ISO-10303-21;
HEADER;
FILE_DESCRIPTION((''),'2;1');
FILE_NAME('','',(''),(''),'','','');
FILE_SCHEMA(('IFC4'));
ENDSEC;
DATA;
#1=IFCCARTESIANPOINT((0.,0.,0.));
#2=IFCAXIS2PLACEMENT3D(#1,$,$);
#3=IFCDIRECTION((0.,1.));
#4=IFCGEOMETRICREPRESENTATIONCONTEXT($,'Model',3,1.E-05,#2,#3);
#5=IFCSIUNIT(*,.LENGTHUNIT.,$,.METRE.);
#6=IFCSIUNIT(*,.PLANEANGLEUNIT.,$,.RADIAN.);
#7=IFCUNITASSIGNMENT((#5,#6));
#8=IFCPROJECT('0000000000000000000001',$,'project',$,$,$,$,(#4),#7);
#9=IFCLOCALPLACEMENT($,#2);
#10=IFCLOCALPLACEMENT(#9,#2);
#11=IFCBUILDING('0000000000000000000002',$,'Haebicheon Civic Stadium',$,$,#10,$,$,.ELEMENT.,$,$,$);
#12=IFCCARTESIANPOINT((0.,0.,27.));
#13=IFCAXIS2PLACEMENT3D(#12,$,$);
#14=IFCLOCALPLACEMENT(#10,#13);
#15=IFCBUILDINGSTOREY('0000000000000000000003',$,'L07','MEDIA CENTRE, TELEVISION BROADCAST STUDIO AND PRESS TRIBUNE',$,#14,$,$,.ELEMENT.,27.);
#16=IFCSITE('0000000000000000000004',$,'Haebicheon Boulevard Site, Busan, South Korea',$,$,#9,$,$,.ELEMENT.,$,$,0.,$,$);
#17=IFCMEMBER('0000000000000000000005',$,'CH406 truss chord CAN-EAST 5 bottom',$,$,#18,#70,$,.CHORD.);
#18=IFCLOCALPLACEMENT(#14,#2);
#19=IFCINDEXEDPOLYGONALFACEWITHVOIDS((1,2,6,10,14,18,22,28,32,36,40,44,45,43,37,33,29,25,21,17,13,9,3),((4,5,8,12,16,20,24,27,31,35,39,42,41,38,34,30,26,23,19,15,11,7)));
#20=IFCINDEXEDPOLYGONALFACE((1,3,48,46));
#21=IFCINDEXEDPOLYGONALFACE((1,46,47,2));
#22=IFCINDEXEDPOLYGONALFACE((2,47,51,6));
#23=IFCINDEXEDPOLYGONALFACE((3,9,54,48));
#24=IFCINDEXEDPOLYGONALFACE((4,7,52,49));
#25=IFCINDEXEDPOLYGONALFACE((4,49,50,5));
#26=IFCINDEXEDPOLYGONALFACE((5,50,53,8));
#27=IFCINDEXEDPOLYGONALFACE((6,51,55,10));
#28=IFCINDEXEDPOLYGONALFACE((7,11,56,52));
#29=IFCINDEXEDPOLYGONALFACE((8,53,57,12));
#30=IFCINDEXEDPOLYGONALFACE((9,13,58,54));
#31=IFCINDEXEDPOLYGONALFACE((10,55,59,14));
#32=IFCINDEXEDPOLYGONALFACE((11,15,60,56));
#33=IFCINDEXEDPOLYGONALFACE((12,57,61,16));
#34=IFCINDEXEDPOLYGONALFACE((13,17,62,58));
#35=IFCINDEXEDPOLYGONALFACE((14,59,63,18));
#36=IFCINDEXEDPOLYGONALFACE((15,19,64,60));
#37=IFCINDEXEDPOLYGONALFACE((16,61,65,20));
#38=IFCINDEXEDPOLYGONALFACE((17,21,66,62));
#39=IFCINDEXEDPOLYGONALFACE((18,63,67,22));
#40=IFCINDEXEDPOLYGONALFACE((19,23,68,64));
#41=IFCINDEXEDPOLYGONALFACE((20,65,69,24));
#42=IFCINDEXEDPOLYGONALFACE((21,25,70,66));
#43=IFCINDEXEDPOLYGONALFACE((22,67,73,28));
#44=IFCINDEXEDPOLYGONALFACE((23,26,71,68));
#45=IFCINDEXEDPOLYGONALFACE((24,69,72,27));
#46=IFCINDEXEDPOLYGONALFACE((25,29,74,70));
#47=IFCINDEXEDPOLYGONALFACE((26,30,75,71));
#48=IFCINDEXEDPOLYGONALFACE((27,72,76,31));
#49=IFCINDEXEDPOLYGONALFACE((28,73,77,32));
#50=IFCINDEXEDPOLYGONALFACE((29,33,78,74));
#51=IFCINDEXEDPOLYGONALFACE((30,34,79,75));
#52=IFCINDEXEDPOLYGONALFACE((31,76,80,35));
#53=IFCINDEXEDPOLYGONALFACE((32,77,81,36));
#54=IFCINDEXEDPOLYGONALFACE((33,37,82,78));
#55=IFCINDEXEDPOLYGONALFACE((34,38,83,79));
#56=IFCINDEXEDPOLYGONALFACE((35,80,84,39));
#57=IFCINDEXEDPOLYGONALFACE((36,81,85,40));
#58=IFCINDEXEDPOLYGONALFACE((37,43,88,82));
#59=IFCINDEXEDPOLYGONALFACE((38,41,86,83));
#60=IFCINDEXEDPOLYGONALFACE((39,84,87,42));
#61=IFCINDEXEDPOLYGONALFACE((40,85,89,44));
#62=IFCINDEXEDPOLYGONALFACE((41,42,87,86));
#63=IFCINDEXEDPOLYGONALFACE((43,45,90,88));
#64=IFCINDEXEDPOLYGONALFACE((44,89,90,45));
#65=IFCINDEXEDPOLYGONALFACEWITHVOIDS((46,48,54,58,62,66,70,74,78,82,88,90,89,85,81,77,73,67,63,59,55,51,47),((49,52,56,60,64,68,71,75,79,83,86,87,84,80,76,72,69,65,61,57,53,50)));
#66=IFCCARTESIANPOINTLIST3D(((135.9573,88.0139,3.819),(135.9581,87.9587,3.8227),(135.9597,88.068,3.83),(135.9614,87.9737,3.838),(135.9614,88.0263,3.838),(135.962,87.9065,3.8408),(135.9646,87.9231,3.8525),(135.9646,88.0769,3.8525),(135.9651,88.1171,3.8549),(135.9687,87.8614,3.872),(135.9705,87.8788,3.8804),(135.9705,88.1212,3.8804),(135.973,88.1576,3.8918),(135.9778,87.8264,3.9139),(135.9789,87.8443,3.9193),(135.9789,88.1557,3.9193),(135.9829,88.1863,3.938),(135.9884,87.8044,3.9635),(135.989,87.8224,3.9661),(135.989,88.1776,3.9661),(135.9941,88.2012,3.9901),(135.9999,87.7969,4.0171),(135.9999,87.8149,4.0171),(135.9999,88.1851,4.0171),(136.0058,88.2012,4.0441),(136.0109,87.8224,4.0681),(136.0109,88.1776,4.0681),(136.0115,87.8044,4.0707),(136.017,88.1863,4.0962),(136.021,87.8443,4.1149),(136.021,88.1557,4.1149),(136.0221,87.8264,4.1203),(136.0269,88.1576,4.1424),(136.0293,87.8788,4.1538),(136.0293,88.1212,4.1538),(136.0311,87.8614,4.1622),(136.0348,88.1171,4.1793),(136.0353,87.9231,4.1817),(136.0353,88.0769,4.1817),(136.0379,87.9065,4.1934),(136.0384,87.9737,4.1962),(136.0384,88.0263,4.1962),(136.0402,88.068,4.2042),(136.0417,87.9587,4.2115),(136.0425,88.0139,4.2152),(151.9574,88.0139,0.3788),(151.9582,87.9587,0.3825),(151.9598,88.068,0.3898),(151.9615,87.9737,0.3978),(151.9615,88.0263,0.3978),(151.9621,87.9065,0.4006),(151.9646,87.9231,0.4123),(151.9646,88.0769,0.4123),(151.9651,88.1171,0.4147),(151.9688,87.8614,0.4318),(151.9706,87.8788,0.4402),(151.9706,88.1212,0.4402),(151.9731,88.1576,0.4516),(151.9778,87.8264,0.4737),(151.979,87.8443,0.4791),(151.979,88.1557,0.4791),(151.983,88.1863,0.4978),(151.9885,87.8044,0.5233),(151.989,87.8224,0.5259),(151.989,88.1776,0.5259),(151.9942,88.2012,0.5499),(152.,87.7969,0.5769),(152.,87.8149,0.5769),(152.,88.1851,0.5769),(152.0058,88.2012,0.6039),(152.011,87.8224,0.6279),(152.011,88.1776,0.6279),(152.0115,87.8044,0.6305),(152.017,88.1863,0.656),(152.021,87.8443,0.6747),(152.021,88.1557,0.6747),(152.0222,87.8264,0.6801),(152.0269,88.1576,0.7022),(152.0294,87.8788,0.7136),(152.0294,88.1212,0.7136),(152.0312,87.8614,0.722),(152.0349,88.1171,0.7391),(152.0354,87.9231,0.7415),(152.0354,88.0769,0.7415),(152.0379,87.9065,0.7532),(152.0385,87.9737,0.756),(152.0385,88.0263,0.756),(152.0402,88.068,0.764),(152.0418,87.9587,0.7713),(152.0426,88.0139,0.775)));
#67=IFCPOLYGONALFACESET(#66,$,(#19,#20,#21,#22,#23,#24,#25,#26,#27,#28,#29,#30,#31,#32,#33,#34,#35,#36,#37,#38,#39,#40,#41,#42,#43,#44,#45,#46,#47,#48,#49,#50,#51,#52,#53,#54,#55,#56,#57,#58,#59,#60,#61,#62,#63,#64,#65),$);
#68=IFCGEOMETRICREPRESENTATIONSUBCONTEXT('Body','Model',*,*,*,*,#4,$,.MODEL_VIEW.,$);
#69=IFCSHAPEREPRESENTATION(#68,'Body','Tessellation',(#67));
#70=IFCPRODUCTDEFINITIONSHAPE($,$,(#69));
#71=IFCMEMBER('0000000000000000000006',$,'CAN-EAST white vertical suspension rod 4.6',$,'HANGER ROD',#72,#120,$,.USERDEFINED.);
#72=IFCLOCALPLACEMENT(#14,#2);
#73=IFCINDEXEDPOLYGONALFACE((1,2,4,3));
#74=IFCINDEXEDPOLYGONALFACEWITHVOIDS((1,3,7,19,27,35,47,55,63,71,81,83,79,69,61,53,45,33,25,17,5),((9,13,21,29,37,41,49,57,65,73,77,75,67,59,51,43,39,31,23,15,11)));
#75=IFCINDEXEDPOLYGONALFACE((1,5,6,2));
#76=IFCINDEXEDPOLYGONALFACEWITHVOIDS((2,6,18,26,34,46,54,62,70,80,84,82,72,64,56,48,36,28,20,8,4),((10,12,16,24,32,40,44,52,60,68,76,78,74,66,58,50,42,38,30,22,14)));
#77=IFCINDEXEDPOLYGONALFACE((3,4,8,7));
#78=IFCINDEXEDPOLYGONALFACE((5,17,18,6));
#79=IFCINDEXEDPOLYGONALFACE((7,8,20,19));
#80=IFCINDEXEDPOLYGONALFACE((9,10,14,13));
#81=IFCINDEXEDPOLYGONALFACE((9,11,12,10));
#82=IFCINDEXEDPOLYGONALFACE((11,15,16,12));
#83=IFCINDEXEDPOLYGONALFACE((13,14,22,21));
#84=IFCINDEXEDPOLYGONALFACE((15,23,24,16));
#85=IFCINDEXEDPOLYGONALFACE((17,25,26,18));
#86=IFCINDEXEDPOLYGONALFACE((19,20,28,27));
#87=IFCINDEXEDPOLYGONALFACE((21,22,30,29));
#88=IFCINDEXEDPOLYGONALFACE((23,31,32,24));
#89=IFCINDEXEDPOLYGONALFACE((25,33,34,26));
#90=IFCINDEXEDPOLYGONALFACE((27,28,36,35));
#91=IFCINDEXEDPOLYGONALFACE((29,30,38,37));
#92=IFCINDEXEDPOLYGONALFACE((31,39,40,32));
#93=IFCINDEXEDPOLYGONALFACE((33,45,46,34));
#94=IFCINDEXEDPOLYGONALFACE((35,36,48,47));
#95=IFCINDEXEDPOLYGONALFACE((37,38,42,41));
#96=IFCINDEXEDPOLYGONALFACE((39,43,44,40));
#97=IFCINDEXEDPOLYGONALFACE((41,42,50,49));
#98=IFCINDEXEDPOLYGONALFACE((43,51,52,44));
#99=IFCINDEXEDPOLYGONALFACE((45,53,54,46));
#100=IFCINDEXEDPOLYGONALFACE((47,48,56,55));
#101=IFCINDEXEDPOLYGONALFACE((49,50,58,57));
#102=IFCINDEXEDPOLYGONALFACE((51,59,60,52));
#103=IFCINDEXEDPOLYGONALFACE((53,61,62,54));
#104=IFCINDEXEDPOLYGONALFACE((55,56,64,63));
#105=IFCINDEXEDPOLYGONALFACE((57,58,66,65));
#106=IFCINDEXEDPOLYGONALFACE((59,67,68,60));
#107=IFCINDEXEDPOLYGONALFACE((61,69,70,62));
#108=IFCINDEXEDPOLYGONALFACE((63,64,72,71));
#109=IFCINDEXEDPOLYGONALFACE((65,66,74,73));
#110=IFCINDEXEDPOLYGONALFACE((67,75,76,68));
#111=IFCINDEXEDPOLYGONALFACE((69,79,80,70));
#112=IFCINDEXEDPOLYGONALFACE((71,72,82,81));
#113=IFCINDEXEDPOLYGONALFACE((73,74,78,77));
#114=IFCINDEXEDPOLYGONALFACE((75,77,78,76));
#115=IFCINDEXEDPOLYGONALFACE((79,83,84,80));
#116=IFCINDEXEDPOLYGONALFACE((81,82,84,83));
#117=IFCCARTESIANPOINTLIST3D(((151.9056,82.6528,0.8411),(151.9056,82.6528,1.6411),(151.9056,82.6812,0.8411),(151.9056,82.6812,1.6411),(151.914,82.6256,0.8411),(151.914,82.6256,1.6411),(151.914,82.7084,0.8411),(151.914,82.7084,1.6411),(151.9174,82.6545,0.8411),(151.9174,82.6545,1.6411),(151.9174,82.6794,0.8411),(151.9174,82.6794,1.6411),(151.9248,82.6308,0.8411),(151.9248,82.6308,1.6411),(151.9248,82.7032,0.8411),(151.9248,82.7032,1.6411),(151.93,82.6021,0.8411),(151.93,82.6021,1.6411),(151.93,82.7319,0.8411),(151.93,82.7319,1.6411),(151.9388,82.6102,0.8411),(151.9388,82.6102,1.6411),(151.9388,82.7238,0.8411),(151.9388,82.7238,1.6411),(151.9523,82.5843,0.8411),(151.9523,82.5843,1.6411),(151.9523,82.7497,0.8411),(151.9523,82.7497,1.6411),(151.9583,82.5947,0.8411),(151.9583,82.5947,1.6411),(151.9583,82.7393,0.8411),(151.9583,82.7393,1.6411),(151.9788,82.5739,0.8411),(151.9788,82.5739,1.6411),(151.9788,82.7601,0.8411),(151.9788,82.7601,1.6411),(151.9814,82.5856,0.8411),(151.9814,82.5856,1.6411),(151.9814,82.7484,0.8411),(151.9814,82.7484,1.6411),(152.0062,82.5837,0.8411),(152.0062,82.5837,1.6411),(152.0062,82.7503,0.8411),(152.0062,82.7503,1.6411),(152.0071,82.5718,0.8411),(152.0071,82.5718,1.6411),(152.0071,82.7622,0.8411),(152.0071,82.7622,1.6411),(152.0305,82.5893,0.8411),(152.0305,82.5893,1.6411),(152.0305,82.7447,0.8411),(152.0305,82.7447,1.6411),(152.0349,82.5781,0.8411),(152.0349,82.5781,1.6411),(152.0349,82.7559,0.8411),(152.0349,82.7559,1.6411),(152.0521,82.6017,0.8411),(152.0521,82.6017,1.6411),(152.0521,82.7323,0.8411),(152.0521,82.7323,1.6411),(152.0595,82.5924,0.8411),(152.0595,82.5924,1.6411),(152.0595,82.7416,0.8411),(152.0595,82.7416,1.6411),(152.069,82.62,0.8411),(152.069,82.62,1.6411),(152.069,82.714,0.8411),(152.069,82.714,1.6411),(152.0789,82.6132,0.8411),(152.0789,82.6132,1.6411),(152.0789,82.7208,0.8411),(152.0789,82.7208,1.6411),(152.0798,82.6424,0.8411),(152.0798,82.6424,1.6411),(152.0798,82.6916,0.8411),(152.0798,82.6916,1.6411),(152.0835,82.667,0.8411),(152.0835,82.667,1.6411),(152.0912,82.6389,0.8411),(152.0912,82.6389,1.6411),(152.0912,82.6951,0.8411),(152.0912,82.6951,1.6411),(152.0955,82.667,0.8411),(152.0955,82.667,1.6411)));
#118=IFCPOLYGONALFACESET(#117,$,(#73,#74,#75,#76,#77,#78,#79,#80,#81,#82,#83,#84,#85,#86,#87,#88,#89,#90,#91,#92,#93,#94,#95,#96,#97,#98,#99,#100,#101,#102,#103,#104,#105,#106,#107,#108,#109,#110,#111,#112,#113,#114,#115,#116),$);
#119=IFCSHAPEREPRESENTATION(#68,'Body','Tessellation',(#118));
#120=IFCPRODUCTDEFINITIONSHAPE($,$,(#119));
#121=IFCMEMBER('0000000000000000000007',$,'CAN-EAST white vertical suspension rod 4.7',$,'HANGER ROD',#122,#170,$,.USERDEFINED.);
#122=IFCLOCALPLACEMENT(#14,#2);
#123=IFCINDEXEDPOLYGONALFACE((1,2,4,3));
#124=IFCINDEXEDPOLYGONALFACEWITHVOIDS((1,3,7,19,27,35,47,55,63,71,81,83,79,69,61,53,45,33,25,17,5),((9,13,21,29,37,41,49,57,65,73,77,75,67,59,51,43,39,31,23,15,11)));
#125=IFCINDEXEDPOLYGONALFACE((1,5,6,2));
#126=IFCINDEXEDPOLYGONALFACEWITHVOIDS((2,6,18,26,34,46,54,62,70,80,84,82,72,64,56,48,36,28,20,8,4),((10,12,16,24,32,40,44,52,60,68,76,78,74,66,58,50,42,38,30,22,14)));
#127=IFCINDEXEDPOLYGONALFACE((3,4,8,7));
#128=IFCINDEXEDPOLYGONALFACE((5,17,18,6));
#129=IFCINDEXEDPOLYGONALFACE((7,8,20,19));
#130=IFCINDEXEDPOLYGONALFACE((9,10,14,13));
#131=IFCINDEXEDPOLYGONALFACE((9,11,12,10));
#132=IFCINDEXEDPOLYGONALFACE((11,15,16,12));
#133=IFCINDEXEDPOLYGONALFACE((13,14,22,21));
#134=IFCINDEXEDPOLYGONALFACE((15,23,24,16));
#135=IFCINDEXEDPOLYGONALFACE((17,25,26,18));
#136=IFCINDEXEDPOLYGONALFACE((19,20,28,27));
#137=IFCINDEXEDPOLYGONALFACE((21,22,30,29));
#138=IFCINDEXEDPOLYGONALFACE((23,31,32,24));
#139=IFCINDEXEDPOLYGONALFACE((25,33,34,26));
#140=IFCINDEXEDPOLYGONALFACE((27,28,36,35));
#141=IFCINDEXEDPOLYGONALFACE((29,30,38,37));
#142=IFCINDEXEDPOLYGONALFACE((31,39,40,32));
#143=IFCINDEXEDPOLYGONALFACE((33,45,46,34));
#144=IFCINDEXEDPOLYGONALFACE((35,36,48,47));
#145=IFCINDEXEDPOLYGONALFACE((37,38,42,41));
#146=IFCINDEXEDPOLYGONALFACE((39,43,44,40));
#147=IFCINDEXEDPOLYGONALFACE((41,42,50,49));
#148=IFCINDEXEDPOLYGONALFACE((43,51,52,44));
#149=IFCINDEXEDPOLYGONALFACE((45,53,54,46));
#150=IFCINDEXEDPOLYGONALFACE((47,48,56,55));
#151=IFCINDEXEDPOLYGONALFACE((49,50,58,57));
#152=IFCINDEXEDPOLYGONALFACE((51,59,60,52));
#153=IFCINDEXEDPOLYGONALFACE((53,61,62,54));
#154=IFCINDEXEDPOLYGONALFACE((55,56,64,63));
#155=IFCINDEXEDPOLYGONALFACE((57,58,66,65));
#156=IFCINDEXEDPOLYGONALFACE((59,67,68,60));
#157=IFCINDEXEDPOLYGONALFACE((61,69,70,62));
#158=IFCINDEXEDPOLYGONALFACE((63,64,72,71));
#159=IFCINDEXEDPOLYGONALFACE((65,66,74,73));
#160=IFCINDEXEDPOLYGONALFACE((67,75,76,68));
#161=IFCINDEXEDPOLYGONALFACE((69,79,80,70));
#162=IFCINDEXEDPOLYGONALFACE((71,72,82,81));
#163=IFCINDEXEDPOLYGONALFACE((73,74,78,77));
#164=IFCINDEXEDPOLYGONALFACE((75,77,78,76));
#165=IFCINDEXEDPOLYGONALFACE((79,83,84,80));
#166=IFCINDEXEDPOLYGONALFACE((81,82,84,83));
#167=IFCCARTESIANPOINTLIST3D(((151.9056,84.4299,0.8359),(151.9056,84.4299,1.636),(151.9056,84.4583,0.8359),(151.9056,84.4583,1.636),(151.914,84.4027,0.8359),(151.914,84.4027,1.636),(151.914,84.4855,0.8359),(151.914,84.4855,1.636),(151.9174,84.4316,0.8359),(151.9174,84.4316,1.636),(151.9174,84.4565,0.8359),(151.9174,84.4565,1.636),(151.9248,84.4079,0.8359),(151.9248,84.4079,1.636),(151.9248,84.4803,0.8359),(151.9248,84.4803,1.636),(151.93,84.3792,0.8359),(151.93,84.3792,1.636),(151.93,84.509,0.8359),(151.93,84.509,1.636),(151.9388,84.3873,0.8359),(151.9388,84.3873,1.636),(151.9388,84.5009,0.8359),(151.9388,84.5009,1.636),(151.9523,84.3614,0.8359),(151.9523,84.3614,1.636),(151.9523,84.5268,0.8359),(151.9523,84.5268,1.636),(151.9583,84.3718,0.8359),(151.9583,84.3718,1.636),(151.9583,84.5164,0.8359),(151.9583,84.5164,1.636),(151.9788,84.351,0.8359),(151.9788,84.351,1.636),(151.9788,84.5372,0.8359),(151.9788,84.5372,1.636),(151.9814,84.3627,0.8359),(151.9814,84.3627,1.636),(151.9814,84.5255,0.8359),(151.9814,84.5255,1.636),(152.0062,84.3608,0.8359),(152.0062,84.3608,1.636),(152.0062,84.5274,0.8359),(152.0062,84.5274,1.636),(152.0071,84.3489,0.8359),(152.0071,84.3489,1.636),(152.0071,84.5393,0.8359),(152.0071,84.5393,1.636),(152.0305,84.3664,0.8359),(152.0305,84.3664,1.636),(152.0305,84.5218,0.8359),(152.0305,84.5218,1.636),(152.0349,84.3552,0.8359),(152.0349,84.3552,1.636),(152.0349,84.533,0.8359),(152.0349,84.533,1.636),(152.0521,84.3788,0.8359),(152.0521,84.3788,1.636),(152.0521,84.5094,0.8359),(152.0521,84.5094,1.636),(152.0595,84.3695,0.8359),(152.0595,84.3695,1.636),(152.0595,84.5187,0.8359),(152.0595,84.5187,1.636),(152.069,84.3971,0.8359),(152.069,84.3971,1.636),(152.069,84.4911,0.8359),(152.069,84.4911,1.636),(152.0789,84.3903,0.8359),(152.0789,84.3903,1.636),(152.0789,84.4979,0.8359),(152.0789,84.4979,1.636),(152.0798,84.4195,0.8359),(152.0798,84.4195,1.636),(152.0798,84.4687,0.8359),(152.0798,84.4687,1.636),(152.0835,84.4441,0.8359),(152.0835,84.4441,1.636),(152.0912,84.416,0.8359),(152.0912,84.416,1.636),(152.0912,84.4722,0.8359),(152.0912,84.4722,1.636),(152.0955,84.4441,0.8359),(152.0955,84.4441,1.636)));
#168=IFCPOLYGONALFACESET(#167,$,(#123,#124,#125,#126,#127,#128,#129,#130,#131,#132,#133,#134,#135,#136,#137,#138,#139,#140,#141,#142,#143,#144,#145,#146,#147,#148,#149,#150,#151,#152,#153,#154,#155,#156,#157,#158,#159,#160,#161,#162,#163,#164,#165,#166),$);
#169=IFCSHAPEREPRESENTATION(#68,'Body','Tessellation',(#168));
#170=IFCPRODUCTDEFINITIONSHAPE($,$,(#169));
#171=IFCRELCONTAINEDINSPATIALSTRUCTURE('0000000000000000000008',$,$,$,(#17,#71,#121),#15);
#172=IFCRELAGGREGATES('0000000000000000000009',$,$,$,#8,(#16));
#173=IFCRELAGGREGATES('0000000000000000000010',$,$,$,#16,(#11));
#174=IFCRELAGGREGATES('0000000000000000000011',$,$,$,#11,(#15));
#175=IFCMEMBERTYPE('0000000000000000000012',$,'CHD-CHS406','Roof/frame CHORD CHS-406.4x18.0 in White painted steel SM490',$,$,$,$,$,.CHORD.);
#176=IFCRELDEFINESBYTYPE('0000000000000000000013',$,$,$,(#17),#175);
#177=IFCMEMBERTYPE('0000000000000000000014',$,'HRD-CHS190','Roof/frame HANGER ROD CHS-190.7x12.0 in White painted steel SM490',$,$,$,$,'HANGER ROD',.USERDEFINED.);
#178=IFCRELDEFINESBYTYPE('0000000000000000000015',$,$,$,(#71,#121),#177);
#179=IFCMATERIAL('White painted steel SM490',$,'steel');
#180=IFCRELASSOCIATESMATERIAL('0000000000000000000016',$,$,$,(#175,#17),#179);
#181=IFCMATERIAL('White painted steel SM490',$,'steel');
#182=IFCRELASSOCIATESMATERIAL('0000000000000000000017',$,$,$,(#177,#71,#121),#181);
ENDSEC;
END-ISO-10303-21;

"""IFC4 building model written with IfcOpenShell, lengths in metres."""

from ifc_helpers import new_model, si_unit, direction, frame, origin, origin_2d, place, context, subcontext, project, spatial, hollow_circle, extrude, material, material_profile, profile_set, type_object, element, save


model = new_model("IFC4")

# Units and contexts
model_context = context("Model", 3, precision=1e-05, world=origin(), true_north=direction((0.0, 1.0)))
body_context = subcontext(model_context, "Body", "Model", "MODEL_VIEW")
ifc_project = project(units=[si_unit("LENGTHUNIT", "METRE"), si_unit("PLANEANGLEUNIT", "RADIAN")], contexts=[model_context])

# Site, building, storey
site_placement = place(None, origin())
site = spatial("IfcSite", under=ifc_project, at=site_placement, Name="Haebicheon Boulevard Site, Busan, South Korea", CompositionType="ELEMENT", RefElevation=0.0)
building_placement = place(site_placement, origin())
building = spatial("IfcBuilding", under=site, at=building_placement, Name="Haebicheon Civic Stadium", CompositionType="ELEMENT")
storey_placement = place(building_placement, frame((0.0, 0.0, 27.0)))
storey = spatial("IfcBuildingStorey", under=building, at=storey_placement, Name="L07", Description="MEDIA CENTRE, TELEVISION BROADCAST STUDIO AND PRESS TRIBUNE", CompositionType="ELEMENT", Elevation=27.0)

# Members
ifc_material_1 = material(Name="White painted steel SM490", Category="steel")
ifc_material_profile_1 = material_profile(ifc_material_1, hollow_circle(Radius=0.2031, WallThickness=0.0181, at=origin_2d()), Name="CHS-406.4x18.0")
ifc_profile_set_1 = profile_set([ifc_material_profile_1], Name="White painted steel SM490")
member_type_1 = type_object("IfcMemberType", Name="CHD-CHS406", Description="Roof/frame CHORD CHS-406.4x18.0 in White painted steel SM490", PredefinedType="CHORD", material=ifc_profile_set_1)
member_1_placement = place(storey_placement, frame((152.0, 88.0, 0.5769), z_axis=(-0.977657, 0.0, 0.210208), x_axis=(0.0, -1.0, 0.0)))
element("IfcMember", 1, at=member_1_placement, inside=storey, type_object=member_type_1, material=ifc_profile_set_1, Name="CH406 truss chord CAN-EAST 5 bottom", PredefinedType="CHORD", context=body_context, shape_type="SweptSolid", body=[
    extrude(hollow_circle(Radius=0.2031, WallThickness=0.0181, at=origin_2d()), origin(), (0.0, 0.0, 1.0), 16.3657),
])
ifc_material_2 = material(Name="White painted steel SM490", Category="steel")
ifc_material_profile_2 = material_profile(ifc_material_2, hollow_circle(Radius=0.0955, WallThickness=0.012, at=origin_2d()), Name="CHS-190.7x12.0")
ifc_profile_set_2 = profile_set([ifc_material_profile_2], Name="White painted steel SM490")
member_type_2 = type_object("IfcMemberType", Name="HRD-CHS190", Description="Roof/frame HANGER ROD CHS-190.7x12.0 in White painted steel SM490", ElementType="HANGER ROD", PredefinedType="USERDEFINED", material=ifc_profile_set_2)
for number, where, z_axis, x_axis, name in (
    (2, (152.0, 82.667, 0.8411), (0.0, 0.0, 1.0), (1.0, 0.0, 0.0), "CAN-EAST white vertical suspension rod 4.6"),
    (3, (152.0, 84.4441, 0.8359), (0.0, 0.0, 1.0), (1.0, 0.0, 0.0), "CAN-EAST white vertical suspension rod 4.7"),
):
    element("IfcMember", number, at=place(storey_placement, frame(where, z_axis=z_axis, x_axis=x_axis)), inside=storey, type_object=member_type_2, material=ifc_profile_set_2, Name=name, ObjectType="HANGER ROD", PredefinedType="USERDEFINED", context=body_context, shape_type="SweptSolid", body=[
        extrude(hollow_circle(Radius=0.0955, WallThickness=0.012, at=origin_2d()), origin(), (0.0, 0.0, 1.0), 0.8),
    ])

save(model, "model.ifc")
